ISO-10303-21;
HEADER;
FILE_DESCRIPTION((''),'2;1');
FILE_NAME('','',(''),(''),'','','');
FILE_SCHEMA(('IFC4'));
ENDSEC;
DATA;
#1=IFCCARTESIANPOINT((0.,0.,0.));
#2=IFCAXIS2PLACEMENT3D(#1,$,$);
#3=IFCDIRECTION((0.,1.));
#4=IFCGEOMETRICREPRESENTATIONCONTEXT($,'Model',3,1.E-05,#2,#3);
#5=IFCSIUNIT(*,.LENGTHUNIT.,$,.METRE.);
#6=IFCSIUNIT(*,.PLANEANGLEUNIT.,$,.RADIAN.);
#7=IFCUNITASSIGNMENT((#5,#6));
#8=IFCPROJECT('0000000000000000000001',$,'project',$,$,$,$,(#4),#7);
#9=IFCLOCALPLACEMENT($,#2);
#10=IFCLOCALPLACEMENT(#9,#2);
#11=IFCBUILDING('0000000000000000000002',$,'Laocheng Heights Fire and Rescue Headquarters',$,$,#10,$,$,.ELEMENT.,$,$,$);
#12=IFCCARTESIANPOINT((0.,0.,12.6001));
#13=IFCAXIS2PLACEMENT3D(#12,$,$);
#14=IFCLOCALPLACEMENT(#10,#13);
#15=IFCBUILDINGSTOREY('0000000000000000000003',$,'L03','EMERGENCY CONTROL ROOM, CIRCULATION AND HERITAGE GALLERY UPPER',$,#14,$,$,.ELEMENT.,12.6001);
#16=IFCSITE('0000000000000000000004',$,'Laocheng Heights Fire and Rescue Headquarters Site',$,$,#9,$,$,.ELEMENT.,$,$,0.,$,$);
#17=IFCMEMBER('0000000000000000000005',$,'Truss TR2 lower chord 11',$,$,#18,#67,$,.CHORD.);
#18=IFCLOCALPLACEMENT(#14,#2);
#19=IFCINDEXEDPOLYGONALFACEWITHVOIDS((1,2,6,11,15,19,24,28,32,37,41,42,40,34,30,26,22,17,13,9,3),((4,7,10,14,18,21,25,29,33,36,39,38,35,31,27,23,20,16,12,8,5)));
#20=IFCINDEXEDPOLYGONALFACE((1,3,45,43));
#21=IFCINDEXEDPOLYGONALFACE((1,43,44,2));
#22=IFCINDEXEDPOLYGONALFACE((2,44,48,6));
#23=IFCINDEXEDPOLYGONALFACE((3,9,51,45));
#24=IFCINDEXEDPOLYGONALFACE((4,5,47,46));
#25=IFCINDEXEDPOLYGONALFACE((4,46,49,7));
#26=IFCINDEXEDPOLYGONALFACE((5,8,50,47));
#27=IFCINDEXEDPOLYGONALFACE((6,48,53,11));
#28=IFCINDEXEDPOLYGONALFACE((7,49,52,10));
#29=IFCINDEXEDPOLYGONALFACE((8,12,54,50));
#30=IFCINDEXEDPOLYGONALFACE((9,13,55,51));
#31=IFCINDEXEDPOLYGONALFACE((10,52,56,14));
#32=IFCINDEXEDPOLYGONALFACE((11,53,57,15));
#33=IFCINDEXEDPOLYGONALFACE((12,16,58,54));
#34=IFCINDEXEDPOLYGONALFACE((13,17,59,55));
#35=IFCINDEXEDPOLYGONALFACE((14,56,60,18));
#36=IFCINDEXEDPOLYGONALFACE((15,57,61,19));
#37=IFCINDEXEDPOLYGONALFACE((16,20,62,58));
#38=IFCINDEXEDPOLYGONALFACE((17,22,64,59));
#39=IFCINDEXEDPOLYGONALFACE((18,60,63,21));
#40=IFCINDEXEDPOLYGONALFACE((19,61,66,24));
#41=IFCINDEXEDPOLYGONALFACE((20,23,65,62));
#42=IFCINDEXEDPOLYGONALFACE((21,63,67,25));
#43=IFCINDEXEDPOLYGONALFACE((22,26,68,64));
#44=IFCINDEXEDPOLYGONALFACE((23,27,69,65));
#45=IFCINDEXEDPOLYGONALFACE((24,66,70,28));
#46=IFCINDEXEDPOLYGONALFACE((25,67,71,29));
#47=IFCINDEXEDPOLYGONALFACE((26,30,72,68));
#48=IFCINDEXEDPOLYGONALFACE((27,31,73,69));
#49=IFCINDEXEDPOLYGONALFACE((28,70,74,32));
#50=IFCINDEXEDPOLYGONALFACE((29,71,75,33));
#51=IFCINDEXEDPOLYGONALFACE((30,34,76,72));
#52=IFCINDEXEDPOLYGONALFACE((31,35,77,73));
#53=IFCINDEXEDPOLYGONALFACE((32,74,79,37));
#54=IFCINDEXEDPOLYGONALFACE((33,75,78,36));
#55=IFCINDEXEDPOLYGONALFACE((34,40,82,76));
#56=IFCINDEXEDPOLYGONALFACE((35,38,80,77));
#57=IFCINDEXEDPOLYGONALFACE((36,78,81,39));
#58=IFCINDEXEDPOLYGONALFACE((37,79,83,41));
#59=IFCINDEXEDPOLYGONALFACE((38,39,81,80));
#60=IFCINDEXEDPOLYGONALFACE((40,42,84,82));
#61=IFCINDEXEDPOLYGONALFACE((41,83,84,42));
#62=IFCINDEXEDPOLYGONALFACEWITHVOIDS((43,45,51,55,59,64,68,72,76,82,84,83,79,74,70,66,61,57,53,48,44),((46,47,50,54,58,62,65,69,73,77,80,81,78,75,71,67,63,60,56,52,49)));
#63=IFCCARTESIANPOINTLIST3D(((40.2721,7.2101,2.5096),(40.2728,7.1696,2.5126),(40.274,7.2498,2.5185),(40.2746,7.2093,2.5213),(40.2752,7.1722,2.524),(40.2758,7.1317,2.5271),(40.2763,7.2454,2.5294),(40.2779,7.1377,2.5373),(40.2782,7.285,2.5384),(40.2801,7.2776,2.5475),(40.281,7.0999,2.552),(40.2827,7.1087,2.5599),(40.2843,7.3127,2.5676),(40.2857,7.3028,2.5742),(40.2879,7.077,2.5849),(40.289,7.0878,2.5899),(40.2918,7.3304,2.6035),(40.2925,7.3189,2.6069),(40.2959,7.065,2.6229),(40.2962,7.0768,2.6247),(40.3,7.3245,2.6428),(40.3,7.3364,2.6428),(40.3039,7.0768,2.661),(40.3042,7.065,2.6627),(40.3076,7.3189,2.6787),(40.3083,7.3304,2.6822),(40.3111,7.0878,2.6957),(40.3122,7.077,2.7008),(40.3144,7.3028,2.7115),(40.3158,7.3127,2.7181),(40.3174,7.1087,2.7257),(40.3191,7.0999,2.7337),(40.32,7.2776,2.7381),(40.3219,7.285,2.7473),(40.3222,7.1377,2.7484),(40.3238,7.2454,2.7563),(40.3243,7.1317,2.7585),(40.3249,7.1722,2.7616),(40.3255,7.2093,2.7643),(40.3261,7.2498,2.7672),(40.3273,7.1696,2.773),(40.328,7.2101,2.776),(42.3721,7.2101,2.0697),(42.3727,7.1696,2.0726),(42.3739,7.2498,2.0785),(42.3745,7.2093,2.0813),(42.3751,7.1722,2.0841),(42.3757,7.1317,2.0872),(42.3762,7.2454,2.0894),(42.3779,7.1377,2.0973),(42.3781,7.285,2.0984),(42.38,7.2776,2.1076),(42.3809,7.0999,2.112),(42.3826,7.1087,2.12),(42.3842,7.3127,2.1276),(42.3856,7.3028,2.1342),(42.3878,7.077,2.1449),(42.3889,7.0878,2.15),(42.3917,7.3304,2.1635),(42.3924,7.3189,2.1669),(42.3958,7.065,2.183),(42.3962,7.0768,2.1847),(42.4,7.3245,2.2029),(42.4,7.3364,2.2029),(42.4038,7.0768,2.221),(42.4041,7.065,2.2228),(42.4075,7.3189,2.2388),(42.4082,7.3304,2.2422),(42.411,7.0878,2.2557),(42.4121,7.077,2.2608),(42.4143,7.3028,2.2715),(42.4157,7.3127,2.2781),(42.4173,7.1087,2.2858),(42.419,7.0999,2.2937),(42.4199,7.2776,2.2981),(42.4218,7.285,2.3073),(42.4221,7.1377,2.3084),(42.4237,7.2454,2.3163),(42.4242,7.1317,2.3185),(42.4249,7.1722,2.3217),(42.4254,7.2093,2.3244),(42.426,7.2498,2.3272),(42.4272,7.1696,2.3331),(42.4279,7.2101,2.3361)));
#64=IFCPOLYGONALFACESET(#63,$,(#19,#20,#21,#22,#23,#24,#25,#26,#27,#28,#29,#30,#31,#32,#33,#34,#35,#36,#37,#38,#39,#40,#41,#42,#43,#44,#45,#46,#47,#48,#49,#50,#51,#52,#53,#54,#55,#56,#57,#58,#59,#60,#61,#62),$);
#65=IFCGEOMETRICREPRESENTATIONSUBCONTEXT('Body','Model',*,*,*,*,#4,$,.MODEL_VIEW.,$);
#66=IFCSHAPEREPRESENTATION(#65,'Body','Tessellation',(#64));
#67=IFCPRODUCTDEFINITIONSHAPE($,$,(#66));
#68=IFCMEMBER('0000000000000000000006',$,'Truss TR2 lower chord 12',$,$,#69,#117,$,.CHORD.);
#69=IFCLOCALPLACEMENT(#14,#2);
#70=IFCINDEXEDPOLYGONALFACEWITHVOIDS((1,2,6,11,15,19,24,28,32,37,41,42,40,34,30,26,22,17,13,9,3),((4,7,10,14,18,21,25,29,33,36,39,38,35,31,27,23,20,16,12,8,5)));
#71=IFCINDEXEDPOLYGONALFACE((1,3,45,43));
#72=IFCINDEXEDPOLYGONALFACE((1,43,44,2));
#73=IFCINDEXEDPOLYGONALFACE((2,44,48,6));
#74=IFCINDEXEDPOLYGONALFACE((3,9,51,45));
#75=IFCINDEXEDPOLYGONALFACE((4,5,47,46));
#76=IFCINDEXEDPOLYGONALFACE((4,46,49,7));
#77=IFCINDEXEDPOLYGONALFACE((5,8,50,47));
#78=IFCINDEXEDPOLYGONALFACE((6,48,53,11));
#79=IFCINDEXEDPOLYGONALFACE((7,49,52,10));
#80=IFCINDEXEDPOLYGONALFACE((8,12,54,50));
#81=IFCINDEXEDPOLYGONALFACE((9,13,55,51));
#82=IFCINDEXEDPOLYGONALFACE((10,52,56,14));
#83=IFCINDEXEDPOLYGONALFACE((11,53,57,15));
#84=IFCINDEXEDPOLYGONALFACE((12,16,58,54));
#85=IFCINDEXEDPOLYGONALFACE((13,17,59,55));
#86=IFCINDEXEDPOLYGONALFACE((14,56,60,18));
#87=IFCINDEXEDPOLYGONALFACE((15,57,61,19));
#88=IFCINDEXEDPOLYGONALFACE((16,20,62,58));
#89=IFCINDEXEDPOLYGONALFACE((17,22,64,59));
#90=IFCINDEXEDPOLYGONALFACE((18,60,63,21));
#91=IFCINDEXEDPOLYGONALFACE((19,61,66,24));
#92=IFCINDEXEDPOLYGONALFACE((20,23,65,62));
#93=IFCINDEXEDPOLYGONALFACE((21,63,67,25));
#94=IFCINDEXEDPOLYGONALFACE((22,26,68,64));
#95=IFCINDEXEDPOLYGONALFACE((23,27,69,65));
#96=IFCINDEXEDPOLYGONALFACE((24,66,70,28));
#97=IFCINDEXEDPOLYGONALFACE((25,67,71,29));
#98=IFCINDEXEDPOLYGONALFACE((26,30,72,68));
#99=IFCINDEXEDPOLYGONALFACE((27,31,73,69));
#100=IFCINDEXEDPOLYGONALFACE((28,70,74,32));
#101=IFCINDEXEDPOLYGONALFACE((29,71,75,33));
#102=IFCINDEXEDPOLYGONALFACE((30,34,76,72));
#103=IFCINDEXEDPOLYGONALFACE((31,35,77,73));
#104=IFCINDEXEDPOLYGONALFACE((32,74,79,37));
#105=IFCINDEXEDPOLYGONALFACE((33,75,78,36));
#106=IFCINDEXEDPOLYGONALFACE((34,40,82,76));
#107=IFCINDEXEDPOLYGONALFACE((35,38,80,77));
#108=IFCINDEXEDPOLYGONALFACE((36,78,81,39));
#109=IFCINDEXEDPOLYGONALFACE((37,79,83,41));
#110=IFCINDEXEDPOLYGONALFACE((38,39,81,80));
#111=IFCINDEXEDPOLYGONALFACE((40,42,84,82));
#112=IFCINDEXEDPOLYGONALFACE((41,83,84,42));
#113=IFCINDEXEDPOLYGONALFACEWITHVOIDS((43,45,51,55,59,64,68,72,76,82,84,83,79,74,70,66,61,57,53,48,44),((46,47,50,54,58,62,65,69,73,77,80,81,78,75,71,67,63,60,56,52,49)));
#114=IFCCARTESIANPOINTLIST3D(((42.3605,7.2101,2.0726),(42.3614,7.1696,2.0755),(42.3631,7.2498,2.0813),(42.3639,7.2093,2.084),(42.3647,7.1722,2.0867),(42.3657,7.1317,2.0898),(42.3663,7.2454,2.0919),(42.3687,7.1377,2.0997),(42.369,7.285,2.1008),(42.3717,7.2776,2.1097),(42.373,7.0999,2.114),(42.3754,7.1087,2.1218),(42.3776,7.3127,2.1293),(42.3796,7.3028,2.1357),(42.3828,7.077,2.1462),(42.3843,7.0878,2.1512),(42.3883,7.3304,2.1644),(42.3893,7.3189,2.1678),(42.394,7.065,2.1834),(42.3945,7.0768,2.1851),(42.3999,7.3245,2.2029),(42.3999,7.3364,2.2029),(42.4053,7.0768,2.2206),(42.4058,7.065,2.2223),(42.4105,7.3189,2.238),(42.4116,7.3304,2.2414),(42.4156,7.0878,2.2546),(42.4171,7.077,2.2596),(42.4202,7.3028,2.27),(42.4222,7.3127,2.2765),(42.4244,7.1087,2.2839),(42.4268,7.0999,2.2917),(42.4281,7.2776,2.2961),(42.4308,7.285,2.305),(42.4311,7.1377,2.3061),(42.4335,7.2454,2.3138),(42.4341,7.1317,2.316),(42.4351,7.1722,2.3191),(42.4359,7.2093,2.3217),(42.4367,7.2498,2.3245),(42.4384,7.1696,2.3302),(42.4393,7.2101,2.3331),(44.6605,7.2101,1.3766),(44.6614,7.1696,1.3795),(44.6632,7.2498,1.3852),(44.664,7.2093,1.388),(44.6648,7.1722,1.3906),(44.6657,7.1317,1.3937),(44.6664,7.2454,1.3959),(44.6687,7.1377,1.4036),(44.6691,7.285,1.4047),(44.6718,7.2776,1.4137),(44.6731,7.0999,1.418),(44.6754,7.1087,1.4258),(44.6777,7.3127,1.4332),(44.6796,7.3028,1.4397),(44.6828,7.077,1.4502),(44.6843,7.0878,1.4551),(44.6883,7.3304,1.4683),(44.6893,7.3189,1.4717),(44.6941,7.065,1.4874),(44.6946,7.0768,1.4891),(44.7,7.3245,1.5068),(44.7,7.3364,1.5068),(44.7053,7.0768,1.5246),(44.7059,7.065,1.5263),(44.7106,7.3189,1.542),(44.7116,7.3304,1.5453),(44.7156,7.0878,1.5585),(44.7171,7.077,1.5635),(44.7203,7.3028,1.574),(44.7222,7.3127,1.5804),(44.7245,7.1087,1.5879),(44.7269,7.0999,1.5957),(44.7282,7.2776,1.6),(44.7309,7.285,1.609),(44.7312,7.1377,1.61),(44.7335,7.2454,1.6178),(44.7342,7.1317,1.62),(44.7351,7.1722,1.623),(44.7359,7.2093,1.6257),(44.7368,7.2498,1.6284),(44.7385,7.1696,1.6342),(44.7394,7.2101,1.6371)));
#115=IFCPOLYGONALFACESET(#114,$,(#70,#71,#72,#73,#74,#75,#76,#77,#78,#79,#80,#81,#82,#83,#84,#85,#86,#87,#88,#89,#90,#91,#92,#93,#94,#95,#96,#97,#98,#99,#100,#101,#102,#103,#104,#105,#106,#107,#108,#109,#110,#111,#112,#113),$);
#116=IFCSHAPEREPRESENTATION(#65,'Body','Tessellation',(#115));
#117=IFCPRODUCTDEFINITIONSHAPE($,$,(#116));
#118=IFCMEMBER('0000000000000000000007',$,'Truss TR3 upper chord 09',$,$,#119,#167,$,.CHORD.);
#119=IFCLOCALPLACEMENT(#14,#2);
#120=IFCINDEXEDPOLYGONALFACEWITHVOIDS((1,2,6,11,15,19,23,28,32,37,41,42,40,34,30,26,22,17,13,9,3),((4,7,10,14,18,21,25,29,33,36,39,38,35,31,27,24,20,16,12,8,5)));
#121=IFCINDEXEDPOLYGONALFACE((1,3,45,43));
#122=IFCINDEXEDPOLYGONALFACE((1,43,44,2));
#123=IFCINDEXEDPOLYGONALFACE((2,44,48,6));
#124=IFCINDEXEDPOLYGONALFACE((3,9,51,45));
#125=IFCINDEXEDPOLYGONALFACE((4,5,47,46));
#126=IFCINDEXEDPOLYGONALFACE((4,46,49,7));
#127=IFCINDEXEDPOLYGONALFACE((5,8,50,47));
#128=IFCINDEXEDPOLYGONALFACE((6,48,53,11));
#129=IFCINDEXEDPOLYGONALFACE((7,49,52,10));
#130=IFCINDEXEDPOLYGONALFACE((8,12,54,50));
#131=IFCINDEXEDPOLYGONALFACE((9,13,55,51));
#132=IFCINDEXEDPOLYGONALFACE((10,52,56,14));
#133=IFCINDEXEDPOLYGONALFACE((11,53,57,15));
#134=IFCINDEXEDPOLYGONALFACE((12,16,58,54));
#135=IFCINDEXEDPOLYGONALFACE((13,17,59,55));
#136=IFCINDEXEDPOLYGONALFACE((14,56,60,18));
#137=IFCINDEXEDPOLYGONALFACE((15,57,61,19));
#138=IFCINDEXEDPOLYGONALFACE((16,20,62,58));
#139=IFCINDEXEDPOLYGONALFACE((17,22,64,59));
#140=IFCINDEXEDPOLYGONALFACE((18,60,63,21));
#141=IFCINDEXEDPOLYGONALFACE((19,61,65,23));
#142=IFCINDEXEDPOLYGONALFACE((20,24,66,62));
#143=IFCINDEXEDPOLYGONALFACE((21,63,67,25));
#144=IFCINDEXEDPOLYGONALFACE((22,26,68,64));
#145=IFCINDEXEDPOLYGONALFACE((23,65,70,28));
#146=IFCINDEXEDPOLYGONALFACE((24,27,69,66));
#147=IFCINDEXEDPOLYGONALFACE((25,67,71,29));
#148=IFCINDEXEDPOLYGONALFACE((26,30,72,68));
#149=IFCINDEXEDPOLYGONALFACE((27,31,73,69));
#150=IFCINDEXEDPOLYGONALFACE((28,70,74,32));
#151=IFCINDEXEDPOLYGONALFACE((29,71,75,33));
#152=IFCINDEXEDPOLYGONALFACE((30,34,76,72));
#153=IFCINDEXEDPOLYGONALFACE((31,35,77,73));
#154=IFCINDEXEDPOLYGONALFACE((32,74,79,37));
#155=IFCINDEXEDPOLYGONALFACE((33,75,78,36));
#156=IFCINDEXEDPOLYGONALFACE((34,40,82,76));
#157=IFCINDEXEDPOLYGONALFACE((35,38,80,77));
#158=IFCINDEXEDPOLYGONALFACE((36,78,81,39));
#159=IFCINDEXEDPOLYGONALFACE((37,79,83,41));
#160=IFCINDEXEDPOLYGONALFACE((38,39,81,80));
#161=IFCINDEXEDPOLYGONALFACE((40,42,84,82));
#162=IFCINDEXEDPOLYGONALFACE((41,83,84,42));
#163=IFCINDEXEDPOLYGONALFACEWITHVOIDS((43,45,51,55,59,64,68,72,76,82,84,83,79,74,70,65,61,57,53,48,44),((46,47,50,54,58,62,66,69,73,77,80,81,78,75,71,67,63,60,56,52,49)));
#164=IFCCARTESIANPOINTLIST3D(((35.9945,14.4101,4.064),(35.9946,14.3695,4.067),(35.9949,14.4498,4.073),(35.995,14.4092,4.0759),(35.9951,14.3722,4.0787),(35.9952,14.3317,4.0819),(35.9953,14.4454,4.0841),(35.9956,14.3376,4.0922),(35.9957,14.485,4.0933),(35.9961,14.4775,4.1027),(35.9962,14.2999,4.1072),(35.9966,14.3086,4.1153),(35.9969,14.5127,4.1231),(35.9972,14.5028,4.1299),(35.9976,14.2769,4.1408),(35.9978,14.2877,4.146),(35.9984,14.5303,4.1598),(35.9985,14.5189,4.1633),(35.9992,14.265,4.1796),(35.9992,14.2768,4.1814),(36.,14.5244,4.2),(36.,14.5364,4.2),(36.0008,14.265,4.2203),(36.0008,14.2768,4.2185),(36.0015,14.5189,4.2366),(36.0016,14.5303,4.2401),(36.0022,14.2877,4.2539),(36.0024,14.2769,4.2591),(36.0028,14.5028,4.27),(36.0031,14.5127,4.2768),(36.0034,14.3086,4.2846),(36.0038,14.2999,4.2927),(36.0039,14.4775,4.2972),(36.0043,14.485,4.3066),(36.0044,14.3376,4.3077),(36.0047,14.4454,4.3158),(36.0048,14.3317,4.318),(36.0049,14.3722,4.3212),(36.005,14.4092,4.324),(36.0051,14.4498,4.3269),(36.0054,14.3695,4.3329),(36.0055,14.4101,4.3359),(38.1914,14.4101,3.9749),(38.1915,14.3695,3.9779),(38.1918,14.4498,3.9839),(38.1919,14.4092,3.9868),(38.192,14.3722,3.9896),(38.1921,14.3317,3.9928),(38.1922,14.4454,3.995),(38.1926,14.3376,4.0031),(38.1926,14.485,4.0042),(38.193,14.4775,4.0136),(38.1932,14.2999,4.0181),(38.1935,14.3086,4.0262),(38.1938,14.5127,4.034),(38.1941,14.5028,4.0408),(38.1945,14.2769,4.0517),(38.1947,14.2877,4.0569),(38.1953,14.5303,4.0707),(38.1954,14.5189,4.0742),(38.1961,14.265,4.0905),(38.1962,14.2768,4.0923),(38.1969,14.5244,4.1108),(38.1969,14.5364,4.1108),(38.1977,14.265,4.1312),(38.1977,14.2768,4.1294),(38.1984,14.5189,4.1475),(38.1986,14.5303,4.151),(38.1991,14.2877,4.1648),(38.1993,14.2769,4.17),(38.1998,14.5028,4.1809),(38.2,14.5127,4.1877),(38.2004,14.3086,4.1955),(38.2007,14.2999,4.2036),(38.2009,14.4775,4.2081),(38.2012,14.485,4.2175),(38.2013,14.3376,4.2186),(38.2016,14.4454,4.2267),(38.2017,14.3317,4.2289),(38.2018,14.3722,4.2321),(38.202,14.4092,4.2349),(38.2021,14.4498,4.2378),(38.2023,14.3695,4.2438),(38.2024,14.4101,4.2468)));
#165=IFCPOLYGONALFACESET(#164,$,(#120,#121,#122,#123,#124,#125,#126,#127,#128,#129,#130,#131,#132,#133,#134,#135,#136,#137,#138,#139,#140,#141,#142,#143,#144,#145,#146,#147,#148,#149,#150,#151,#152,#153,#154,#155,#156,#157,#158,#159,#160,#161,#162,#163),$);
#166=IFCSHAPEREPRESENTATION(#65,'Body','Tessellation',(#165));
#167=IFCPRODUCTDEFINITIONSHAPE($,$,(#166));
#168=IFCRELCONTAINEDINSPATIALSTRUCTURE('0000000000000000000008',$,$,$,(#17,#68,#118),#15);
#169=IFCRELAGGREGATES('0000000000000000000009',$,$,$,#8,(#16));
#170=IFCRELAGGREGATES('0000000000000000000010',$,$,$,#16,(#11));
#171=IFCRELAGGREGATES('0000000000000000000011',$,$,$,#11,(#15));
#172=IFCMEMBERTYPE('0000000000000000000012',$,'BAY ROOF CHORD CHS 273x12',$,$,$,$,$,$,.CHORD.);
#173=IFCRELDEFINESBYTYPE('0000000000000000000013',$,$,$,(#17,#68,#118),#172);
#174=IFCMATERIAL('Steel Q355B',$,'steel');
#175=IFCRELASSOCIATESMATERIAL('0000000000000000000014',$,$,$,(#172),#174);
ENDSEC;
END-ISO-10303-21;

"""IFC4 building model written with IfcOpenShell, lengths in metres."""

from ifc_helpers import new_model, si_unit, direction, frame, origin, origin_2d, place, context, subcontext, project, spatial, hollow_circle, extrude, material, material_profile, profile_set, type_object, element, save


model = new_model("IFC4")

# Units and contexts
model_context = context("Model", 3, precision=1e-05, world=origin(), true_north=direction((0.0, 1.0)))
body_context = subcontext(model_context, "Body", "Model", "MODEL_VIEW")
ifc_project = project(units=[si_unit("LENGTHUNIT", "METRE"), si_unit("PLANEANGLEUNIT", "RADIAN")], contexts=[model_context])

# Site, building, storey
site_placement = place(None, origin())
site = spatial("IfcSite", under=ifc_project, at=site_placement, Name="Laocheng Heights Fire and Rescue Headquarters Site", CompositionType="ELEMENT", RefElevation=0.0)
building_placement = place(site_placement, origin())
building = spatial("IfcBuilding", under=site, at=building_placement, Name="Laocheng Heights Fire and Rescue Headquarters", CompositionType="ELEMENT")
storey_placement = place(building_placement, frame((0.0, 0.0, 12.6001)))
storey = spatial("IfcBuildingStorey", under=building, at=storey_placement, Name="L03", Description="EMERGENCY CONTROL ROOM, CIRCULATION AND HERITAGE GALLERY UPPER", CompositionType="ELEMENT", Elevation=12.6001)

# Members
ifc_material_1 = material(Name="Steel Q355B", Category="steel")
ifc_material_profile_1 = material_profile(ifc_material_1, hollow_circle(Radius=0.1365, WallThickness=0.012, at=origin_2d()), Name="CHS 273x12")
ifc_profile_set_1 = profile_set([ifc_material_profile_1], Name="Steel Q355B")
member_type_1 = type_object("IfcMemberType", Name="BAY ROOF CHORD CHS 273x12", PredefinedType="CHORD", material=ifc_profile_set_1)
member_1_placement = place(storey_placement, frame((40.3, 7.2, 2.6428), z_axis=(0.97875, 0.0, -0.205058), x_axis=(0.0, 1.0, 0.0)))
element("IfcMember", 1, at=member_1_placement, inside=storey, type_object=member_type_1, Name="Truss TR2 lower chord 11", PredefinedType="CHORD", context=body_context, shape_type="SweptSolid", body=[
    extrude(hollow_circle(Radius=0.1365, WallThickness=0.012, at=origin_2d()), origin(), (0.0, 0.0, 1.0), 2.1455),
])
member_2_placement = place(storey_placement, frame((42.3999, 7.2, 2.2029), z_axis=(0.957133, 0.0, -0.289649), x_axis=(0.0, 1.0, 0.0)))
element("IfcMember", 2, at=member_2_placement, inside=storey, type_object=member_type_1, Name="Truss TR2 lower chord 12", PredefinedType="CHORD", context=body_context, shape_type="SweptSolid", body=[
    extrude(hollow_circle(Radius=0.1365, WallThickness=0.012, at=origin_2d()), origin(), (0.0, 0.0, 1.0), 2.4031),
])
member_3_placement = place(storey_placement, frame((36.0, 14.3999, 4.2), z_axis=(0.999178, 0.0, -0.040527), x_axis=(0.0, 1.0, 0.0)))
element("IfcMember", 3, at=member_3_placement, inside=storey, type_object=member_type_1, Name="Truss TR3 upper chord 09", PredefinedType="CHORD", context=body_context, shape_type="SweptSolid", body=[
    extrude(hollow_circle(Radius=0.1365, WallThickness=0.012, at=origin_2d()), origin(), (0.0, 0.0, 1.0), 2.1987),
])

save(model, "model.ifc")
